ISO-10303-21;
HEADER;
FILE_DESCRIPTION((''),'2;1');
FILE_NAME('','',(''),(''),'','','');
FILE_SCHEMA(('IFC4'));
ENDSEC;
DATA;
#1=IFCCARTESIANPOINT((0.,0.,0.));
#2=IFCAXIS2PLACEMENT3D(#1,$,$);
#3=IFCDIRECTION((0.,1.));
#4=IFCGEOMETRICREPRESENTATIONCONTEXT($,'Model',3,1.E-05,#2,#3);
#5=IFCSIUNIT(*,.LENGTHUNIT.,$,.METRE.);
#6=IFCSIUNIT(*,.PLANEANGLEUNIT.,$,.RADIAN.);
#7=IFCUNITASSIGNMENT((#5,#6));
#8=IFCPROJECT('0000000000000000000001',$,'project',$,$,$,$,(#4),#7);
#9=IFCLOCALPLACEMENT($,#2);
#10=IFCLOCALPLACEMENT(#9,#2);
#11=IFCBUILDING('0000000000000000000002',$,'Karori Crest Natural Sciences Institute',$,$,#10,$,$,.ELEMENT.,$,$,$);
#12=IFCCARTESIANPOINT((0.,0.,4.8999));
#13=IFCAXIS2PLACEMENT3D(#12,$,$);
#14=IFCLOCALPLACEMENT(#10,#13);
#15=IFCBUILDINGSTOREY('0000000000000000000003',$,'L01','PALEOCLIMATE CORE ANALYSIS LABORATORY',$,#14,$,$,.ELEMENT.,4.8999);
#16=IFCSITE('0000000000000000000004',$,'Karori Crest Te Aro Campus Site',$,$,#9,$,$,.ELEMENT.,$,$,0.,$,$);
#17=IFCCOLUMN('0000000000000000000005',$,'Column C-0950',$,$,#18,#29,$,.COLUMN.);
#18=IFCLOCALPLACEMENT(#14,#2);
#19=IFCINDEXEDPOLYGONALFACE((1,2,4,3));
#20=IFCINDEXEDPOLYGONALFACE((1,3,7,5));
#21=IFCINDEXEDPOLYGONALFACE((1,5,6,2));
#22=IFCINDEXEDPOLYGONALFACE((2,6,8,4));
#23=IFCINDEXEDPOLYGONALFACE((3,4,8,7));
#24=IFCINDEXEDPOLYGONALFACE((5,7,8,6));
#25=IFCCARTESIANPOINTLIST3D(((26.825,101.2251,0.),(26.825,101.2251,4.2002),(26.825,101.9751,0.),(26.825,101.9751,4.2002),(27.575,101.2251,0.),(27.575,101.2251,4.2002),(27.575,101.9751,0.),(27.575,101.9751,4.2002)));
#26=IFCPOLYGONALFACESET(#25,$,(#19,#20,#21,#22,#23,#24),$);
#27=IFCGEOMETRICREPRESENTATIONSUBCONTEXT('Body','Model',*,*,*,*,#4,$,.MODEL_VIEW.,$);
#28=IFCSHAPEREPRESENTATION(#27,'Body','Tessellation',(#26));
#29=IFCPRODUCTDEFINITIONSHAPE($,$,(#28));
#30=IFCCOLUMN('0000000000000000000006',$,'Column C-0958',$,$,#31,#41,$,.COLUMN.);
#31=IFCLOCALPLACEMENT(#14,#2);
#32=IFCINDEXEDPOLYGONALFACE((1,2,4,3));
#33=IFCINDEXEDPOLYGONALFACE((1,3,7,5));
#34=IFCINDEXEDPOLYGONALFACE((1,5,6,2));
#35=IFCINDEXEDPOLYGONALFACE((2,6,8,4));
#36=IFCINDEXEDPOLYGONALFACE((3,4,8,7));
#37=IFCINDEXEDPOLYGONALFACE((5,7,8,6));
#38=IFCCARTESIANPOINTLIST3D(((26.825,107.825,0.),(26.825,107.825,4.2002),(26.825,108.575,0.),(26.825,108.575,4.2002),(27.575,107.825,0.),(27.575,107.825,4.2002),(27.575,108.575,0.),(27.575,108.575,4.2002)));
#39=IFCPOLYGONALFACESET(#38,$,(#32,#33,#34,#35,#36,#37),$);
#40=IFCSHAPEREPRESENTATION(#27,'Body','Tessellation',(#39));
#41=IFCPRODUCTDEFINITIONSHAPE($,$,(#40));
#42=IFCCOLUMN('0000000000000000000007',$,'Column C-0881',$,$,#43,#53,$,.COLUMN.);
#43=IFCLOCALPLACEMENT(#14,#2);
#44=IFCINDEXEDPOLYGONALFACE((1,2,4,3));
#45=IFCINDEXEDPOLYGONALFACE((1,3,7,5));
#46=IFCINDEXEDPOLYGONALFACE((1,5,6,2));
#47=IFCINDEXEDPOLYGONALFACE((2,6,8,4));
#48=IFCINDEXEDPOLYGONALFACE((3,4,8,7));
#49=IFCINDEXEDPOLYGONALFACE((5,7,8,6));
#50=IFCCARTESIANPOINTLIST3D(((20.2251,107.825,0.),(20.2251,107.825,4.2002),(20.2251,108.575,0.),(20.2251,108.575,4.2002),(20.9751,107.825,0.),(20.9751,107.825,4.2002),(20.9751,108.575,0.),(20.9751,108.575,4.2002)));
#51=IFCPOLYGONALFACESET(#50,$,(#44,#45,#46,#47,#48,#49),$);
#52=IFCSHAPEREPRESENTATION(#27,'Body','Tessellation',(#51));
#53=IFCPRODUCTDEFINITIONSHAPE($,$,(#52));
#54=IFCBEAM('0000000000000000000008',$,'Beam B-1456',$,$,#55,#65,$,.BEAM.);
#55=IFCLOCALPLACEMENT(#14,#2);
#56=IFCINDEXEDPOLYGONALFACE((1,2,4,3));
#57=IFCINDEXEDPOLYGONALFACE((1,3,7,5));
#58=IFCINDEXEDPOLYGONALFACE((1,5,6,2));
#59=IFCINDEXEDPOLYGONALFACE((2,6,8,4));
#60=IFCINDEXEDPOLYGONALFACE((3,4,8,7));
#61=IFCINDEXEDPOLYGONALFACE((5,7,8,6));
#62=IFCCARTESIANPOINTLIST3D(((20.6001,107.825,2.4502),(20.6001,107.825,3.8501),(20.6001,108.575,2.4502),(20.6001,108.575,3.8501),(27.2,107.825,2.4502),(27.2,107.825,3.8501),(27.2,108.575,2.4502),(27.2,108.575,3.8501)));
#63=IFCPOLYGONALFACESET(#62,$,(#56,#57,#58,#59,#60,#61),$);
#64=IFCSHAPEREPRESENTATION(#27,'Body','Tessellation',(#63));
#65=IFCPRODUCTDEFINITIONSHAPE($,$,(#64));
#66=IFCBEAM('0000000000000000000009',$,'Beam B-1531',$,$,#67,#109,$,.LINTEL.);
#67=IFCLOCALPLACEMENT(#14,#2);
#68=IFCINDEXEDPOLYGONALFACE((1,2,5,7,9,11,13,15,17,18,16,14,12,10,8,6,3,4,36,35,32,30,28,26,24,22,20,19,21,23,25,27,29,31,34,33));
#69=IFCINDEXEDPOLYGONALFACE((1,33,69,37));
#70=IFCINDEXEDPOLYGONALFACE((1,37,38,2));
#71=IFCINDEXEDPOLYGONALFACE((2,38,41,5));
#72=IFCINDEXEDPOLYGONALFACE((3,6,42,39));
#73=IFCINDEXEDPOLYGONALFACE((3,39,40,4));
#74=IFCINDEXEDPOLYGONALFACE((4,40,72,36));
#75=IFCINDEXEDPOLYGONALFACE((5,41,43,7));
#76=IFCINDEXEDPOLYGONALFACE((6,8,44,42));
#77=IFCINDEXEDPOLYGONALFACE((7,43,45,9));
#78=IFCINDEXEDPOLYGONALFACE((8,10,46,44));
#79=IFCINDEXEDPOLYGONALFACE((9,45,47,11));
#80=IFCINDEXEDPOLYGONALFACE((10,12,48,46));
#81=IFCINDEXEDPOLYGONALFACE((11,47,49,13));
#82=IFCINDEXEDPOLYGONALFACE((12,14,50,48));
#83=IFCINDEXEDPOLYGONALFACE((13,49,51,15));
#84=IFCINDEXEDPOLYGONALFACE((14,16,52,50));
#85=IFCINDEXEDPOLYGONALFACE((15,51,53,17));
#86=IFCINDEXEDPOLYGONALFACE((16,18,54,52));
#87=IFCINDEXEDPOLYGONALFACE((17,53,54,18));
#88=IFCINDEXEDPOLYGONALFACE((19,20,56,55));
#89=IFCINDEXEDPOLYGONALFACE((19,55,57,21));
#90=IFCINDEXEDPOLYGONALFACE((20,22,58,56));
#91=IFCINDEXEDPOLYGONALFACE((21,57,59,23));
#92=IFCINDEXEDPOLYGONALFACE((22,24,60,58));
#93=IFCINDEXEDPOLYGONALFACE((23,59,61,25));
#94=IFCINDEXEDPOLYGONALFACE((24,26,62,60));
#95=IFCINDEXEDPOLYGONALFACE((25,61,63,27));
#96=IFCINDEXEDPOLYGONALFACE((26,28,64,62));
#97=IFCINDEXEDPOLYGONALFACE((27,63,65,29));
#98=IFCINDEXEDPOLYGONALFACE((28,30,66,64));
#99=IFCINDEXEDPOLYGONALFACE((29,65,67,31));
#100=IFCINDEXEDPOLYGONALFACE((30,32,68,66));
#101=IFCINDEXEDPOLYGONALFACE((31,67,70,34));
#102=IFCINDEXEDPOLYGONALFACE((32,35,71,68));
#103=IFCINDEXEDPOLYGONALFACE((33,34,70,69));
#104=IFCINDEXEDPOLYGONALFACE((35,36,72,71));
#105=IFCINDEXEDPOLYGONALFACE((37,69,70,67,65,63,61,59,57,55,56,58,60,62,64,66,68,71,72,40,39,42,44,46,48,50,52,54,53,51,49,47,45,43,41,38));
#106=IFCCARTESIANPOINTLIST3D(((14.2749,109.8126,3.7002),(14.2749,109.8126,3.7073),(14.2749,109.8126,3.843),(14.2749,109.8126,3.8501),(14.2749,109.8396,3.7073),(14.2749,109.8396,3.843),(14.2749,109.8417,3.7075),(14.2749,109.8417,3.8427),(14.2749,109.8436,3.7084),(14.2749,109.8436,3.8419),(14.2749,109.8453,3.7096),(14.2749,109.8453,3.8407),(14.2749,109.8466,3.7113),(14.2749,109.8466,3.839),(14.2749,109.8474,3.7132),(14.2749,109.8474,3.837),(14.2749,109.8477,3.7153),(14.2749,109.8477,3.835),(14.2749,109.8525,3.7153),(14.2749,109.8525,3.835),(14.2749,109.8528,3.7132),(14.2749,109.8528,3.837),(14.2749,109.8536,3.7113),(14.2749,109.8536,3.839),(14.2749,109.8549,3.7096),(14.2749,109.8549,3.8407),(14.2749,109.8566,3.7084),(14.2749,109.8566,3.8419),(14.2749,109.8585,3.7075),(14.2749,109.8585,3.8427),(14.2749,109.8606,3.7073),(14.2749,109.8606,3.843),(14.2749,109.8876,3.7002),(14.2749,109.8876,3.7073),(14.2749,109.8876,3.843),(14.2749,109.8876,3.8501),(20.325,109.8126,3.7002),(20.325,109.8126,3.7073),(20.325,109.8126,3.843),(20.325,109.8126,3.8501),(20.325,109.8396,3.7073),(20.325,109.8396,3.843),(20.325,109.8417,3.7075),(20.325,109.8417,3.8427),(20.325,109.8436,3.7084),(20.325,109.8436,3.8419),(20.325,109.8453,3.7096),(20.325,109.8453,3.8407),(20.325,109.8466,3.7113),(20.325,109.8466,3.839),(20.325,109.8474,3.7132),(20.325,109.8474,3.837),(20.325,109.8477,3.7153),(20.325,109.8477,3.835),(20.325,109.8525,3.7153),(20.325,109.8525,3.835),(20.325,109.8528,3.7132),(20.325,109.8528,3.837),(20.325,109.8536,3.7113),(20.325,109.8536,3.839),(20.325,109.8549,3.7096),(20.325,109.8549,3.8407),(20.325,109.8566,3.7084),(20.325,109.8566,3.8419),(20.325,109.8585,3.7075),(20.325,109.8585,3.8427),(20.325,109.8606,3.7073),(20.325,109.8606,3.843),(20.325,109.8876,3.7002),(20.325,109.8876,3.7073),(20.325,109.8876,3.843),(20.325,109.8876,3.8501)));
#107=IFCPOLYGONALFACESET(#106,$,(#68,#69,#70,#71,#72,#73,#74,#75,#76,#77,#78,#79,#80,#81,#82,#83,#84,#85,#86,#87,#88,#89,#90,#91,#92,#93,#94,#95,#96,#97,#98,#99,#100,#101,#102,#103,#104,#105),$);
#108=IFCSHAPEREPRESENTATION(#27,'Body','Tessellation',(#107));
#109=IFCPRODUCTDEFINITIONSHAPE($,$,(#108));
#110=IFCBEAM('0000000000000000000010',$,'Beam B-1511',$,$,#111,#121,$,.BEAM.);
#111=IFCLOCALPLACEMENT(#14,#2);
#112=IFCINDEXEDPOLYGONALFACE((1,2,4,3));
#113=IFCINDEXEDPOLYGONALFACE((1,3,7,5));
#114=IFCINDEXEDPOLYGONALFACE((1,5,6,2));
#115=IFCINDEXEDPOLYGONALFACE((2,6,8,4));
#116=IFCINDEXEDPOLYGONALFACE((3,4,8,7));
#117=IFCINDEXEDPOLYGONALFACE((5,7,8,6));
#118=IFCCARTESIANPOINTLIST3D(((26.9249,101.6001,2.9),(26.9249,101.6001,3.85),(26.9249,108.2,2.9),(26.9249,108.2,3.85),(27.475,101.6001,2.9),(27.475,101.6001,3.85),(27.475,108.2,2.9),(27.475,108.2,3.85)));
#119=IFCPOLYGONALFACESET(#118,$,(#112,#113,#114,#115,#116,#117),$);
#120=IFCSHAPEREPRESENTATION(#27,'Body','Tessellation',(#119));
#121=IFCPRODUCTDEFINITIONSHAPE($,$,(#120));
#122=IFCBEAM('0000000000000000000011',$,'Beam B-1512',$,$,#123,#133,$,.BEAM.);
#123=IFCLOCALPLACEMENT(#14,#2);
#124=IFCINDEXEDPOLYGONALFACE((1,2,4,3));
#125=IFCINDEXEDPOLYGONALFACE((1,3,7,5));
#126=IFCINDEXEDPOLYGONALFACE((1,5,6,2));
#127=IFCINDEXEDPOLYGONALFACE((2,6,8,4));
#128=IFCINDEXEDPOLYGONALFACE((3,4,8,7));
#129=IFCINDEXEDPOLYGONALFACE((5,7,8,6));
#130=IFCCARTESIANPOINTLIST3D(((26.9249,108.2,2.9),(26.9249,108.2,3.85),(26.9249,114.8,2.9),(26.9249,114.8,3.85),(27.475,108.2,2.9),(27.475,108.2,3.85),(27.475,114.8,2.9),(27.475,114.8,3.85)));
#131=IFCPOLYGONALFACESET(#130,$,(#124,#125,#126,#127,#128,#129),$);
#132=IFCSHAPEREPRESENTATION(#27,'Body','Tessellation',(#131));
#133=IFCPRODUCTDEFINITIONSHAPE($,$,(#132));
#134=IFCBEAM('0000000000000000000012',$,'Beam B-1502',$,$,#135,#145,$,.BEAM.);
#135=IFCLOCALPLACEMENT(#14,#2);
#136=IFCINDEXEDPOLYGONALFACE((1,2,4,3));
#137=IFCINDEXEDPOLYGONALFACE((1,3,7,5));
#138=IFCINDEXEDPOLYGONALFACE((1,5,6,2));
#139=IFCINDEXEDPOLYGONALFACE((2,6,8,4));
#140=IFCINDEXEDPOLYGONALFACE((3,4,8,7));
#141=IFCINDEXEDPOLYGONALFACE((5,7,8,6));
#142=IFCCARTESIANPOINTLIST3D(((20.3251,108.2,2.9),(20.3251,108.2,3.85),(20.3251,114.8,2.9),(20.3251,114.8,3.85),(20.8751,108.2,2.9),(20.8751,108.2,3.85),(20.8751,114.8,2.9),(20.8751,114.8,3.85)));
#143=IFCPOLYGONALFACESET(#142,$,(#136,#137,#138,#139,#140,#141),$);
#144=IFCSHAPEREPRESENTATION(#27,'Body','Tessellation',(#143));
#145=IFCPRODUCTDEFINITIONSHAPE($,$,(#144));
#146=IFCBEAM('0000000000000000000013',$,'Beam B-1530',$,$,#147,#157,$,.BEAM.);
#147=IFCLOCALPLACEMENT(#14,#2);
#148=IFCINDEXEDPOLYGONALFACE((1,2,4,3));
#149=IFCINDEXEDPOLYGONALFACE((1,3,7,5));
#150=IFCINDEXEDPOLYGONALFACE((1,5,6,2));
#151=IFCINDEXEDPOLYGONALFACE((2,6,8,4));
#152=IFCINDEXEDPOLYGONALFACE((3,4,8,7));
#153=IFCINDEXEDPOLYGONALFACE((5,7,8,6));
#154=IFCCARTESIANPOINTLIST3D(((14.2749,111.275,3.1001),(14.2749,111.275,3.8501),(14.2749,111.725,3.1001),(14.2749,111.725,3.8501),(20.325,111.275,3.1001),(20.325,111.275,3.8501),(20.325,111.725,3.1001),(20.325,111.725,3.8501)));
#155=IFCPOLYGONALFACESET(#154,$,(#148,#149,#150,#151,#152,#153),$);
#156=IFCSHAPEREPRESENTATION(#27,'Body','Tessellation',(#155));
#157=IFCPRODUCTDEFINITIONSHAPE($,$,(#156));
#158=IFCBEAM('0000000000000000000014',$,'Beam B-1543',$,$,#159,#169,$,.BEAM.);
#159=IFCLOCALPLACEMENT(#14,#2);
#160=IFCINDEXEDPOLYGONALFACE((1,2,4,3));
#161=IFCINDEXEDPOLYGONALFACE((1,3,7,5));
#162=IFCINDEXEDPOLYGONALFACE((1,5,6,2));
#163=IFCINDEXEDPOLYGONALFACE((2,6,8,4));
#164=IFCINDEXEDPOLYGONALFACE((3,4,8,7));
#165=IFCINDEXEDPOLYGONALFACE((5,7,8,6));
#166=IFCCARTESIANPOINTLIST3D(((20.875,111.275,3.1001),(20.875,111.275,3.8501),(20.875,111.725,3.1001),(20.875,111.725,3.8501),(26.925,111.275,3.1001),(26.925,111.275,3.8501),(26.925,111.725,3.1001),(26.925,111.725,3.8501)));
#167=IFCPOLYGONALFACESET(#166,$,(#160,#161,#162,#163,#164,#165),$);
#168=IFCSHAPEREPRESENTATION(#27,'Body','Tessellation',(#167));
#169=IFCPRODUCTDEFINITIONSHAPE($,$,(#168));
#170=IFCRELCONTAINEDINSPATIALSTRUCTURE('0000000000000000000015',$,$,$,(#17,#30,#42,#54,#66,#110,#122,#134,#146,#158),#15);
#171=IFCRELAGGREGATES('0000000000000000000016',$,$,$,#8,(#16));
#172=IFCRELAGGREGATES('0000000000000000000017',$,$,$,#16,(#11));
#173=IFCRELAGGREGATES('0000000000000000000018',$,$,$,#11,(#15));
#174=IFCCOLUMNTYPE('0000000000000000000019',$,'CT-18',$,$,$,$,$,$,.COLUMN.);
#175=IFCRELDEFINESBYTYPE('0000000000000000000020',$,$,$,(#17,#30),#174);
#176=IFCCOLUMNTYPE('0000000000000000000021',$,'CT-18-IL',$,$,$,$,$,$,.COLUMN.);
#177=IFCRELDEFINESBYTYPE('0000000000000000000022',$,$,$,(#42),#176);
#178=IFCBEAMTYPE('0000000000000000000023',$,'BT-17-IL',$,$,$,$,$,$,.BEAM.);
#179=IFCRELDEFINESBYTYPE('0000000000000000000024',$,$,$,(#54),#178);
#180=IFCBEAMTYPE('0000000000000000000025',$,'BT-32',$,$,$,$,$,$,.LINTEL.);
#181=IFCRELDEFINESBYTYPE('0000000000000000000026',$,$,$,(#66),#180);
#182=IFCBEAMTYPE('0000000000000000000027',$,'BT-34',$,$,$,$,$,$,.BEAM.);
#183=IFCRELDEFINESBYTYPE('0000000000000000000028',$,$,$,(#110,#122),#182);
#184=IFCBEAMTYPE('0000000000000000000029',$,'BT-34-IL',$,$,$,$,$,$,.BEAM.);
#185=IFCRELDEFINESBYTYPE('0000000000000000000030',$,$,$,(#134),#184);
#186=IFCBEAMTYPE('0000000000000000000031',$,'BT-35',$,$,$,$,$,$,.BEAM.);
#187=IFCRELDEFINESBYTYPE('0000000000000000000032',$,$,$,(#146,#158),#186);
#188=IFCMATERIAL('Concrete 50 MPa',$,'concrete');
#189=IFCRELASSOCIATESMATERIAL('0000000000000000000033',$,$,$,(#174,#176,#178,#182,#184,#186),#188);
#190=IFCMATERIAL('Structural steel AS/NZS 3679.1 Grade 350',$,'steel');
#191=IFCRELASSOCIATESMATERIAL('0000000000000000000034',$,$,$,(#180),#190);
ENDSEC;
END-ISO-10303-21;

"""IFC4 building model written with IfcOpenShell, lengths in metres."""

from ifc_helpers import new_model, si_unit, direction, frame, origin, origin_2d, place, context, subcontext, project, spatial, rectangle, i_section, extrude, material, material_profile, profile_set, type_object, element, save


model = new_model("IFC4")

# Units and contexts
model_context = context("Model", 3, precision=1e-05, world=origin(), true_north=direction((0.0, 1.0)))
body_context = subcontext(model_context, "Body", "Model", "MODEL_VIEW")
ifc_project = project(units=[si_unit("LENGTHUNIT", "METRE"), si_unit("PLANEANGLEUNIT", "RADIAN")], contexts=[model_context])

# Site, building, storey
site_placement = place(None, origin())
site = spatial("IfcSite", under=ifc_project, at=site_placement, Name="Karori Crest Te Aro Campus Site", CompositionType="ELEMENT", RefElevation=0.0)
building_placement = place(site_placement, origin())
building = spatial("IfcBuilding", under=site, at=building_placement, Name="Karori Crest Natural Sciences Institute", CompositionType="ELEMENT")
storey_placement = place(building_placement, frame((0.0, 0.0, 4.8999)))
storey = spatial("IfcBuildingStorey", under=building, at=storey_placement, Name="L01", Description="PALEOCLIMATE CORE ANALYSIS LABORATORY", CompositionType="ELEMENT", Elevation=4.8999)

# Columns
ifc_material_1 = material(Name="Concrete 50 MPa", Category="concrete")
ifc_material_profile_1 = material_profile(ifc_material_1, rectangle(XDim=0.75, YDim=0.75, at=origin_2d()), Name="RC750x750")
ifc_profile_set_1 = profile_set([ifc_material_profile_1], Name="Concrete 50 MPa")
column_type_1 = type_object("IfcColumnType", Name="CT-18", PredefinedType="COLUMN", material=ifc_profile_set_1)
for number, where, z_axis, x_axis, name in (
    (1, (27.2, 101.6001, 0.0), (0.0, 0.0, 1.0), (1.0, 0.0, 0.0), "Column C-0950"),
    (2, (27.2, 108.2, 0.0), (0.0, 0.0, 1.0), (1.0, 0.0, 0.0), "Column C-0958"),
):
    element("IfcColumn", number, at=place(storey_placement, frame(where, z_axis=z_axis, x_axis=x_axis)), inside=storey, type_object=column_type_1, Name=name, PredefinedType="COLUMN", context=body_context, shape_type="SweptSolid", body=[
        extrude(rectangle(XDim=0.75, YDim=0.75, at=origin_2d()), origin(), (0.0, 0.0, 1.0), 4.2002),
    ])
ifc_material_profile_2 = material_profile(ifc_material_1, rectangle(XDim=0.75, YDim=0.75, at=origin_2d()), Name="RC750x750")
ifc_profile_set_2 = profile_set([ifc_material_profile_2], Name="Concrete 50 MPa")
column_type_2 = type_object("IfcColumnType", Name="CT-18-IL", PredefinedType="COLUMN", material=ifc_profile_set_2)
column_placement = place(storey_placement, frame((20.6001, 108.2, 0.0), z_axis=(0.0, 0.0, 1.0), x_axis=(1.0, 0.0, 0.0)))
element("IfcColumn", 3, at=column_placement, inside=storey, type_object=column_type_2, Name="Column C-0881", PredefinedType="COLUMN", context=body_context, shape_type="SweptSolid", body=[
    extrude(rectangle(XDim=0.75, YDim=0.75, at=origin_2d()), origin(), (0.0, 0.0, 1.0), 4.2002),
])

# Beams
ifc_material_profile_3 = material_profile(ifc_material_1, rectangle(XDim=0.75, YDim=1.3999, at=origin_2d()), Name="RCB750x1400")
ifc_profile_set_3 = profile_set([ifc_material_profile_3], Name="Concrete 50 MPa")
beam_type_1 = type_object("IfcBeamType", Name="BT-17-IL", PredefinedType="BEAM", material=ifc_profile_set_3)
beam_1_placement = place(storey_placement, frame((20.6001, 108.2, 3.1501), z_axis=(1.0, 0.0, 0.0), x_axis=(0.0, 1.0, 0.0)))
element("IfcBeam", 4, at=beam_1_placement, inside=storey, type_object=beam_type_1, Name="Beam B-1456", PredefinedType="BEAM", context=body_context, shape_type="SweptSolid", body=[
    extrude(rectangle(XDim=0.75, YDim=1.3999, at=origin_2d()), origin(), (0.0, 0.0, 1.0), 6.5999),
])
ifc_material_2 = material(Name="Structural steel AS/NZS 3679.1 Grade 350", Category="steel")
ifc_material_profile_4 = material_profile(ifc_material_2, i_section(OverallWidth=0.075, OverallDepth=0.1499, WebThickness=0.0049, FlangeThickness=0.0071, FilletRadius=0.0081, at=origin_2d()), Name="150UB14.0")
ifc_profile_set_4 = profile_set([ifc_material_profile_4], Name="Structural steel AS/NZS 3679.1 Grade 350")
beam_type_2 = type_object("IfcBeamType", Name="BT-32", PredefinedType="LINTEL", material=ifc_profile_set_4)
beam_2_placement = place(storey_placement, frame((14.2749, 109.8501, 3.7751), z_axis=(1.0, 0.0, 0.0), x_axis=(0.0, 1.0, 0.0)))
element("IfcBeam", 5, at=beam_2_placement, inside=storey, type_object=beam_type_2, Name="Beam B-1531", PredefinedType="LINTEL", context=body_context, shape_type="SweptSolid", body=[
    extrude(i_section(OverallWidth=0.075, OverallDepth=0.1499, WebThickness=0.0049, FlangeThickness=0.0071, FilletRadius=0.0081, at=origin_2d()), origin(), (0.0, 0.0, 1.0), 6.05),
])
ifc_material_profile_5 = material_profile(ifc_material_1, rectangle(XDim=0.55, YDim=0.95, at=origin_2d()), Name="RCB550x950")
ifc_profile_set_5 = profile_set([ifc_material_profile_5], Name="Concrete 50 MPa")
beam_type_3 = type_object("IfcBeamType", Name="BT-34", PredefinedType="BEAM", material=ifc_profile_set_5)
beam_3_placement = place(storey_placement, frame((27.2, 101.6001, 3.375), z_axis=(0.0, 1.0, 0.0), x_axis=(-1.0, 0.0, 0.0)))
element("IfcBeam", 6, at=beam_3_placement, inside=storey, type_object=beam_type_3, Name="Beam B-1511", PredefinedType="BEAM", context=body_context, shape_type="SweptSolid", body=[
    extrude(rectangle(XDim=0.55, YDim=0.95, at=origin_2d()), origin(), (0.0, 0.0, 1.0), 6.5999),
])
beam_4_placement = place(storey_placement, frame((27.2, 108.2, 3.375), z_axis=(0.0, 1.0, 0.0), x_axis=(-1.0, 0.0, 0.0)))
element("IfcBeam", 7, at=beam_4_placement, inside=storey, type_object=beam_type_3, Name="Beam B-1512", PredefinedType="BEAM", context=body_context, shape_type="SweptSolid", body=[
    extrude(rectangle(XDim=0.55, YDim=0.95, at=origin_2d()), origin(), (0.0, 0.0, 1.0), 6.6001),
])
ifc_material_profile_6 = material_profile(ifc_material_1, rectangle(XDim=0.55, YDim=0.95, at=origin_2d()), Name="RCB550x950")
ifc_profile_set_6 = profile_set([ifc_material_profile_6], Name="Concrete 50 MPa")
beam_type_4 = type_object("IfcBeamType", Name="BT-34-IL", PredefinedType="BEAM", material=ifc_profile_set_6)
beam_5_placement = place(storey_placement, frame((20.6001, 108.2, 3.375), z_axis=(0.0, 1.0, 0.0), x_axis=(-1.0, 0.0, 0.0)))
element("IfcBeam", 8, at=beam_5_placement, inside=storey, type_object=beam_type_4, Name="Beam B-1502", PredefinedType="BEAM", context=body_context, shape_type="SweptSolid", body=[
    extrude(rectangle(XDim=0.55, YDim=0.95, at=origin_2d()), origin(), (0.0, 0.0, 1.0), 6.6001),
])
ifc_material_profile_7 = material_profile(ifc_material_1, rectangle(XDim=0.45, YDim=0.75, at=origin_2d()), Name="RCB450x750")
ifc_profile_set_7 = profile_set([ifc_material_profile_7], Name="Concrete 50 MPa")
beam_type_5 = type_object("IfcBeamType", Name="BT-35", PredefinedType="BEAM", material=ifc_profile_set_7)
for number, where, z_axis, x_axis, name in (
    (9, (14.2749, 111.5, 3.4751), (1.0, 0.0, 0.0), (0.0, 1.0, 0.0), "Beam B-1530"),
    (10, (20.875, 111.5, 3.4751), (1.0, 0.0, 0.0), (0.0, 1.0, 0.0), "Beam B-1543"),
):
    element("IfcBeam", number, at=place(storey_placement, frame(where, z_axis=z_axis, x_axis=x_axis)), inside=storey, type_object=beam_type_5, Name=name, PredefinedType="BEAM", context=body_context, shape_type="SweptSolid", body=[
        extrude(rectangle(XDim=0.45, YDim=0.75, at=origin_2d()), origin(), (0.0, 0.0, 1.0), 6.05),
    ])

save(model, "model.ifc")
